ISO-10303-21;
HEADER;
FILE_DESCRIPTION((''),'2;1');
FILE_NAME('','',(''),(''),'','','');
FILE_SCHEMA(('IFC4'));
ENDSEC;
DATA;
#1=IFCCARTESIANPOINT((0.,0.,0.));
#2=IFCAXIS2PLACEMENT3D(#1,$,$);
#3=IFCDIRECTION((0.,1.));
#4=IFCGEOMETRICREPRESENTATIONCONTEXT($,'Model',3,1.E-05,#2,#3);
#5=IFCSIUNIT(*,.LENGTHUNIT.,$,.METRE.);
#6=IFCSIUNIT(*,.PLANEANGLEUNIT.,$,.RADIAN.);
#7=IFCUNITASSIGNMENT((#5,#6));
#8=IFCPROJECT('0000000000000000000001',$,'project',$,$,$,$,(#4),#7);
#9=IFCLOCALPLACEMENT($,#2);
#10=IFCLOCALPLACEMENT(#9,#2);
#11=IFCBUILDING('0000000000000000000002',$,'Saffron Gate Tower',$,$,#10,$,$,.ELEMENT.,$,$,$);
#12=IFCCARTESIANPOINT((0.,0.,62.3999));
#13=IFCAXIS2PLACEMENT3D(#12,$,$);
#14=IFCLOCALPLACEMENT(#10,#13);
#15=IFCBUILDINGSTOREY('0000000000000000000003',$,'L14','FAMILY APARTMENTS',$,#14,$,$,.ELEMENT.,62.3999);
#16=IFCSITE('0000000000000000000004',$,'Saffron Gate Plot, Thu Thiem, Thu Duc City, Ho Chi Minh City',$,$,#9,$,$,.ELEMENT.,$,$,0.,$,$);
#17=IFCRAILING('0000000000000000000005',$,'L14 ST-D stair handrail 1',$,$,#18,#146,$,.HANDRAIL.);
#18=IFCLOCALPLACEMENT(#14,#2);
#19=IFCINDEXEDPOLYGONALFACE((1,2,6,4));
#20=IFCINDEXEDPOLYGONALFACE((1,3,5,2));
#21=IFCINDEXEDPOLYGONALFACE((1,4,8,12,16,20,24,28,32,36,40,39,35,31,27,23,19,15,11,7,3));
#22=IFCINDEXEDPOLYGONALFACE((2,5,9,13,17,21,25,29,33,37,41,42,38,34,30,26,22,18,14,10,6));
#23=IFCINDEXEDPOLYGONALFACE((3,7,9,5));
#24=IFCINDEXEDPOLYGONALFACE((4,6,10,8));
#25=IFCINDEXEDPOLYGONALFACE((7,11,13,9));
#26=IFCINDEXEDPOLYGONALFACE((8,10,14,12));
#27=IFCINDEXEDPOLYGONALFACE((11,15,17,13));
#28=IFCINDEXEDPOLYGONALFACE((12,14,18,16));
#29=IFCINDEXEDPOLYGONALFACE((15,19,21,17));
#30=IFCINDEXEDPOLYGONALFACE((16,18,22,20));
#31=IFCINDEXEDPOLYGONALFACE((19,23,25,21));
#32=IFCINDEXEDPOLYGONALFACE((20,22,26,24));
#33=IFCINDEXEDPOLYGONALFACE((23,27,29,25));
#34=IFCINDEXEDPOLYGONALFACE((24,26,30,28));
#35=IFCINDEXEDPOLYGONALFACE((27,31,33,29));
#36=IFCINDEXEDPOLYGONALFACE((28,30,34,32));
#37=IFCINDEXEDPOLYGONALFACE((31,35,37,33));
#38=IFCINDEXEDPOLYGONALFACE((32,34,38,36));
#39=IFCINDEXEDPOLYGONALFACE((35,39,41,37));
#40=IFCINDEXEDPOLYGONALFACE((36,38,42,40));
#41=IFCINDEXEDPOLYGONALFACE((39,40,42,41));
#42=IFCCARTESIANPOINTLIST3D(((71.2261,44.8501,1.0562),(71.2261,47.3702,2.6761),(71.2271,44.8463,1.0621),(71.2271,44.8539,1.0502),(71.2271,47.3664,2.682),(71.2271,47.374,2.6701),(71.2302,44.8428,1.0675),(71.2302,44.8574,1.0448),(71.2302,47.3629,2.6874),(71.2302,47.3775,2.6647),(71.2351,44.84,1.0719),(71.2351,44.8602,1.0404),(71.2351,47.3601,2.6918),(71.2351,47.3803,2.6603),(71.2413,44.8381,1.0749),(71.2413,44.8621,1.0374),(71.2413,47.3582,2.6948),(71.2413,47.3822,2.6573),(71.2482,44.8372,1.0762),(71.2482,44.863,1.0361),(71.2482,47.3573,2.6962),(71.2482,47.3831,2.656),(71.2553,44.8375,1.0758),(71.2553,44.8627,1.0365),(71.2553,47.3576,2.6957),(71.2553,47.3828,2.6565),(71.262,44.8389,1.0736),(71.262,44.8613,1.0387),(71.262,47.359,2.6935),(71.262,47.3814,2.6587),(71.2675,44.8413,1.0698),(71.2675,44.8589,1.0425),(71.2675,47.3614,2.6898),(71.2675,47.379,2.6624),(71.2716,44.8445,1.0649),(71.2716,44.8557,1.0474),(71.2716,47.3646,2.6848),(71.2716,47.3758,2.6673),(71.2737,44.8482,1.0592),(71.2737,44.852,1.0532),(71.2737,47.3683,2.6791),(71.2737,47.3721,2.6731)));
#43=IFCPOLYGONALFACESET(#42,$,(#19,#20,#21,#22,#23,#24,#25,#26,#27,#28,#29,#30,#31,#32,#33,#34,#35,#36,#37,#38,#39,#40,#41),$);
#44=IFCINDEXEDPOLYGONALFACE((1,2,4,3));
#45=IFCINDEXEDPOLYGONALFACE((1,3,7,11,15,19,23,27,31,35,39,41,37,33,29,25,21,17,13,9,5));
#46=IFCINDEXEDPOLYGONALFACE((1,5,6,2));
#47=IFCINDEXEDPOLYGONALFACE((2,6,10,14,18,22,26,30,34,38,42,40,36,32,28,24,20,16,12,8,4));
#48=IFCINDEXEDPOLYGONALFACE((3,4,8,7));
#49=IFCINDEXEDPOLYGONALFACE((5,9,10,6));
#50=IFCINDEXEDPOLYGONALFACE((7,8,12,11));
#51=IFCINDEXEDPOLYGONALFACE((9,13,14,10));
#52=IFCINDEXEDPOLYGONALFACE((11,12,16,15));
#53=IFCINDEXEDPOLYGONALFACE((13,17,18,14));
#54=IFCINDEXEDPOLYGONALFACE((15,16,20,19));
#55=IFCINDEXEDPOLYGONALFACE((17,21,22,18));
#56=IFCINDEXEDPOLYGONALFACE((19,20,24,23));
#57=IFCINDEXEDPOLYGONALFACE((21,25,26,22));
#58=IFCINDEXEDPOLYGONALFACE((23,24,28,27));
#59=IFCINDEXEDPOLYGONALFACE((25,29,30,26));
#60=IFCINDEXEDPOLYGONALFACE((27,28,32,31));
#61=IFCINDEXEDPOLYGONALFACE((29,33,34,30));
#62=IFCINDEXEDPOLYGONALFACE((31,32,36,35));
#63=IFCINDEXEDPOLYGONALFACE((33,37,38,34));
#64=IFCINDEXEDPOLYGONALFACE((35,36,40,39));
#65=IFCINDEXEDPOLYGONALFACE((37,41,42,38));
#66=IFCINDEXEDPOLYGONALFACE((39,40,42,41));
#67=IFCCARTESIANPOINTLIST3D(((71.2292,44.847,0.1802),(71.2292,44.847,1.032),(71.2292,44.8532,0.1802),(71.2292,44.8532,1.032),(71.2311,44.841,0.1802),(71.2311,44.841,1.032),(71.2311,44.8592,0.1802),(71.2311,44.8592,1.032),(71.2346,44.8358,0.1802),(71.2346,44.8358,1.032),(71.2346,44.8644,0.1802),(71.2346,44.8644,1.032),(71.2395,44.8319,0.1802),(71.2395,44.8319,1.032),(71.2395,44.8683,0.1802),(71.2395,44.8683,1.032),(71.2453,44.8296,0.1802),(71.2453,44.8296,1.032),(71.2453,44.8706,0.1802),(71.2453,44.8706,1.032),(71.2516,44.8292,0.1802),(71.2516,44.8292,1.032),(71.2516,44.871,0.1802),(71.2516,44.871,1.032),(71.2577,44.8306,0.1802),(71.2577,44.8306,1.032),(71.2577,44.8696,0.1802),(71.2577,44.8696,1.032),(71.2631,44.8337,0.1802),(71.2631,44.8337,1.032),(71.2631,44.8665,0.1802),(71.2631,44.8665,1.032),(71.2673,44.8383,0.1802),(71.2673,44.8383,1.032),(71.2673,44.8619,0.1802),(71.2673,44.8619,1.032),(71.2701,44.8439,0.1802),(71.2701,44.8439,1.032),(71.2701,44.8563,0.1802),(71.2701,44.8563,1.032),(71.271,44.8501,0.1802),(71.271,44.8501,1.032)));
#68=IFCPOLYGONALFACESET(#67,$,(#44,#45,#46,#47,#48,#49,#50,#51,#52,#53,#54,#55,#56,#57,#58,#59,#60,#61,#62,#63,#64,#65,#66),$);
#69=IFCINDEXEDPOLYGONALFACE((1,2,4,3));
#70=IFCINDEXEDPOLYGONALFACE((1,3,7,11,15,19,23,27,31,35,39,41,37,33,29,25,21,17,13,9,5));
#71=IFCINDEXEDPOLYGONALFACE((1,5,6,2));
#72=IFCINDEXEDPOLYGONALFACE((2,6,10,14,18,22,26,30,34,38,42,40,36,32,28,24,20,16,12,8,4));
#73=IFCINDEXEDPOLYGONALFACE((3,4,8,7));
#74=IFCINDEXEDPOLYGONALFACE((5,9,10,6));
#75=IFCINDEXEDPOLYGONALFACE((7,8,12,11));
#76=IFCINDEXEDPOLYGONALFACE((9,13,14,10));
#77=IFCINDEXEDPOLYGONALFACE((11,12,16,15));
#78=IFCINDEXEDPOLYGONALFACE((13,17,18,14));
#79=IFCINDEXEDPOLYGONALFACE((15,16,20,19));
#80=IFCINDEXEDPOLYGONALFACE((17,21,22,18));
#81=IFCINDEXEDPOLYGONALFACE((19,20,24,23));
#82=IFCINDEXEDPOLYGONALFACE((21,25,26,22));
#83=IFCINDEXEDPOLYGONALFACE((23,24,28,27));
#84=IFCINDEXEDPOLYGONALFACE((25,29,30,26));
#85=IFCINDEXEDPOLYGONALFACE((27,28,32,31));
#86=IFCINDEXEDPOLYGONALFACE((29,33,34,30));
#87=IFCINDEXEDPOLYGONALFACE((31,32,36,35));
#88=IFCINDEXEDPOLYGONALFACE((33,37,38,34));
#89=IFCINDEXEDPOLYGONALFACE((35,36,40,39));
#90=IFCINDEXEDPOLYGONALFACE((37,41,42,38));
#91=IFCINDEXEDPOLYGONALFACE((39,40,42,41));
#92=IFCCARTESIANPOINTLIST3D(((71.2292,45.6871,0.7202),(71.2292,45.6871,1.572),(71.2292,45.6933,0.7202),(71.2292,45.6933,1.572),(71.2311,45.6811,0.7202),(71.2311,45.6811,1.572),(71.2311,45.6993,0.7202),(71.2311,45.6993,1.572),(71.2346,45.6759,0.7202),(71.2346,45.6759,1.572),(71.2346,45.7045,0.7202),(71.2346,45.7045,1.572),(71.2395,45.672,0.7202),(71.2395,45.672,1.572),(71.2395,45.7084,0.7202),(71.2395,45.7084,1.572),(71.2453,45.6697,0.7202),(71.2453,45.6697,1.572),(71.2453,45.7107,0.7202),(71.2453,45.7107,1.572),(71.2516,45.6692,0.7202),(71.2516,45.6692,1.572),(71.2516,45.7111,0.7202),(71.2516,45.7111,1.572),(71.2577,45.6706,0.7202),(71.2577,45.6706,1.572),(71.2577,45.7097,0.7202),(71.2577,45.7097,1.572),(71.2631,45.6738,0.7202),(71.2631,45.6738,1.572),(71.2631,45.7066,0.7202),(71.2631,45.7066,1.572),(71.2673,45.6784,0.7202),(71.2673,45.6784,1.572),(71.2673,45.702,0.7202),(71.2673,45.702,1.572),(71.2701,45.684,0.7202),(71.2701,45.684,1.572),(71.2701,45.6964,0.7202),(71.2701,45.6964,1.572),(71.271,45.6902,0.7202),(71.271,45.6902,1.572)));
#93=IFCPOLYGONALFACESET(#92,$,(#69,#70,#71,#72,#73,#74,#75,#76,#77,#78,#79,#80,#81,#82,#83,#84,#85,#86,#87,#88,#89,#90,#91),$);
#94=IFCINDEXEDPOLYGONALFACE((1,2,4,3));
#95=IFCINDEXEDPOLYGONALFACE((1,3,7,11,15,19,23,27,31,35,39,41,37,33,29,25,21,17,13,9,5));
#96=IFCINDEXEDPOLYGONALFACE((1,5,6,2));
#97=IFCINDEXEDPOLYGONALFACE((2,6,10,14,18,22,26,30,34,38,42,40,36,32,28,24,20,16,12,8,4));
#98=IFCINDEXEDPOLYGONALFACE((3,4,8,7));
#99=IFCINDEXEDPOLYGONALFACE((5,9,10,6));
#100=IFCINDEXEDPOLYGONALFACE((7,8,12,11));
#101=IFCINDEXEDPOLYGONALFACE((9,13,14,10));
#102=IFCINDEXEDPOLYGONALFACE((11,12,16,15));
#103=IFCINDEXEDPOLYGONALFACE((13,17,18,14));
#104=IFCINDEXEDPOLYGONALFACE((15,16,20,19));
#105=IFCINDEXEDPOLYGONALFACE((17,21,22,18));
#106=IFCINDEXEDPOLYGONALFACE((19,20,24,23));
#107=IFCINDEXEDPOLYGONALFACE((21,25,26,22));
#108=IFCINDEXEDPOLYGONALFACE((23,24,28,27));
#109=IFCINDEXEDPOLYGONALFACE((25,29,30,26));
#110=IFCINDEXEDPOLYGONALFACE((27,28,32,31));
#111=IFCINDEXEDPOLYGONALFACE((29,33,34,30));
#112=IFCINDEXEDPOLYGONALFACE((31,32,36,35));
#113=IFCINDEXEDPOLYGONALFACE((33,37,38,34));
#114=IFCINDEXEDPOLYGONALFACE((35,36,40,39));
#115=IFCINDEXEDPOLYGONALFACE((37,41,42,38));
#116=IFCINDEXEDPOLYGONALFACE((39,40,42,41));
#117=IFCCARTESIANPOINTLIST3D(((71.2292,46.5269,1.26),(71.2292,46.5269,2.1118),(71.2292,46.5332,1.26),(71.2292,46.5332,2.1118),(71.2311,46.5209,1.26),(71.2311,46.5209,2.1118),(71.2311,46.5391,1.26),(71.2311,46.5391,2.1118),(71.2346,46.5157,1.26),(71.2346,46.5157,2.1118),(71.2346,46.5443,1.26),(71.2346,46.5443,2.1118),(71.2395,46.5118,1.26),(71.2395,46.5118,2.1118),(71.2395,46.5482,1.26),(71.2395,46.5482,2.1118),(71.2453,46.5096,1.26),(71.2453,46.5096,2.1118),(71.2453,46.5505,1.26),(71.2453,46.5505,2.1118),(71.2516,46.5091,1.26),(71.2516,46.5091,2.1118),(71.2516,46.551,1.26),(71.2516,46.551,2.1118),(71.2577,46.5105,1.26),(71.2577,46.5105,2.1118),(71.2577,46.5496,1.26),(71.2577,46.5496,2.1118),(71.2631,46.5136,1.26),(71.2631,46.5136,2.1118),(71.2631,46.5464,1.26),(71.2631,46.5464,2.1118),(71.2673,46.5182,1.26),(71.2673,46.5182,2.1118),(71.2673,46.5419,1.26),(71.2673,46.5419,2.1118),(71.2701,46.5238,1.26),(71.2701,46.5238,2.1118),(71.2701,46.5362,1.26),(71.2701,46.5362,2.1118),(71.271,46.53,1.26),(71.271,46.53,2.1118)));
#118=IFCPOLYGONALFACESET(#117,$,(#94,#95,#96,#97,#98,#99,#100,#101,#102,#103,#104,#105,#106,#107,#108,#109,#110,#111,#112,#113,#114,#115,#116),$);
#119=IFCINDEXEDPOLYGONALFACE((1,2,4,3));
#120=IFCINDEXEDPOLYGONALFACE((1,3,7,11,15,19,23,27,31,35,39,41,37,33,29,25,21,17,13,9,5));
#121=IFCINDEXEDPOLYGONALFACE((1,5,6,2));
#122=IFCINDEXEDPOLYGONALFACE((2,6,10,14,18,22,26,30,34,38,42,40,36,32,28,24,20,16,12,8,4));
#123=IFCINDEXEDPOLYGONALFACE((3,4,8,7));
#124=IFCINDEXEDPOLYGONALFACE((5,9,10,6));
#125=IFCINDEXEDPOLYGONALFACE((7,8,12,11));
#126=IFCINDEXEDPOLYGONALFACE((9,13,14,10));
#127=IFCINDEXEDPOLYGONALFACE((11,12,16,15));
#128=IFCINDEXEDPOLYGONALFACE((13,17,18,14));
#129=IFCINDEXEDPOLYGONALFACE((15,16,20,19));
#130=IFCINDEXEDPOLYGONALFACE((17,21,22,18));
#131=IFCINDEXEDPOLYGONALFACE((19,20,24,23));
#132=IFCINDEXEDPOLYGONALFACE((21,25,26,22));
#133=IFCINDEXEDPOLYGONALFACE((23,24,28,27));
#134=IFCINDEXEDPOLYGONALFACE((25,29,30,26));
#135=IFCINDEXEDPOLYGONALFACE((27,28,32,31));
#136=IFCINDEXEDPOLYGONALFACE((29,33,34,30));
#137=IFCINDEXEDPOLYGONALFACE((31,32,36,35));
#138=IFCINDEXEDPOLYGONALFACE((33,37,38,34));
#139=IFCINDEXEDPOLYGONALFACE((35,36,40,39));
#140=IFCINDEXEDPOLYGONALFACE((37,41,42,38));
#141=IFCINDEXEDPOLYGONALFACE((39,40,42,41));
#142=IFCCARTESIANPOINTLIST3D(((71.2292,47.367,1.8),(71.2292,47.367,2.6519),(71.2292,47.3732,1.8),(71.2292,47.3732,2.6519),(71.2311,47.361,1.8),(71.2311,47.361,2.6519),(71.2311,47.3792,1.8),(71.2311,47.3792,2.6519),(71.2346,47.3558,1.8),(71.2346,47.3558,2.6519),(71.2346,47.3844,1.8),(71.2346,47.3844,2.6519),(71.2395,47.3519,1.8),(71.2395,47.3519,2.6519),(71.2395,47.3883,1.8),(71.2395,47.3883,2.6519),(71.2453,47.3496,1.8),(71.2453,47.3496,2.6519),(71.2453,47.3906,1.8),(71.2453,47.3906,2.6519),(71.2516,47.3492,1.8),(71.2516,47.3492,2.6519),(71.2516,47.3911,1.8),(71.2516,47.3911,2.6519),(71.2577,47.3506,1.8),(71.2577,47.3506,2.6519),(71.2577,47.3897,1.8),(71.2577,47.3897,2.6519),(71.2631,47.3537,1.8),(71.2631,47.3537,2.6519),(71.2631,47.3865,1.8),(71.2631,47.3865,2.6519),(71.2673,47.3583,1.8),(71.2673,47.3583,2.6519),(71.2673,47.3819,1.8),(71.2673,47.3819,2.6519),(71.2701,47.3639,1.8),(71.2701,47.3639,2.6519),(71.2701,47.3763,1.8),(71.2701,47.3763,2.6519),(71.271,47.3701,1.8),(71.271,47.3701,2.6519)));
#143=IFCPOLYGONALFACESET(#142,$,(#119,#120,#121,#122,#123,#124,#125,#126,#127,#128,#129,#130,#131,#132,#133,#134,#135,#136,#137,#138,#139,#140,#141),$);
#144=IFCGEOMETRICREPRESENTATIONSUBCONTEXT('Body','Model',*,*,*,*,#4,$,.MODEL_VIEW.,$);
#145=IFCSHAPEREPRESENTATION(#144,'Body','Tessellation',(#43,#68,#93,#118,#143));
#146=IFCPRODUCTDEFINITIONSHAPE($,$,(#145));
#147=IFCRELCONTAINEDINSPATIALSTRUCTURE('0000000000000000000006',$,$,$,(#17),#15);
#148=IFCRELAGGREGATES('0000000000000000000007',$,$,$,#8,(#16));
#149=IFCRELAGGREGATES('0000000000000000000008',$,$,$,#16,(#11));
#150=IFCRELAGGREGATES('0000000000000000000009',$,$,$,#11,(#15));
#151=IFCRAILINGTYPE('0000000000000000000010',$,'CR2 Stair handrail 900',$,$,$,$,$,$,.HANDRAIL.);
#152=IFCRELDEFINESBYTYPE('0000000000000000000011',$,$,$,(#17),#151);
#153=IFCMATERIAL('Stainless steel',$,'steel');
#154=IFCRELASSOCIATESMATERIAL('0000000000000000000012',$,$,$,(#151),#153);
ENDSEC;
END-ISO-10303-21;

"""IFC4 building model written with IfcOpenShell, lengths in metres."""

from ifc_helpers import new_model, si_unit, direction, frame, origin, origin_2d, place, context, subcontext, project, spatial, circle, extrude, material, type_object, element, save


model = new_model("IFC4")

# Units and contexts
model_context = context("Model", 3, precision=1e-05, world=origin(), true_north=direction((0.0, 1.0)))
body_context = subcontext(model_context, "Body", "Model", "MODEL_VIEW")
ifc_project = project(units=[si_unit("LENGTHUNIT", "METRE"), si_unit("PLANEANGLEUNIT", "RADIAN")], contexts=[model_context])

# Site, building, storey
site_placement = place(None, origin())
site = spatial("IfcSite", under=ifc_project, at=site_placement, Name="Saffron Gate Plot, Thu Thiem, Thu Duc City, Ho Chi Minh City", CompositionType="ELEMENT", RefElevation=0.0)
building_placement = place(site_placement, origin())
building = spatial("IfcBuilding", under=site, at=building_placement, Name="Saffron Gate Tower", CompositionType="ELEMENT")
storey_placement = place(building_placement, frame((0.0, 0.0, 62.3999)))
storey = spatial("IfcBuildingStorey", under=building, at=storey_placement, Name="L14", Description="FAMILY APARTMENTS", CompositionType="ELEMENT", Elevation=62.3999)

# Railing
ifc_material_1 = material(Name="Stainless steel", Category="steel")
railing_type_1 = type_object("IfcRailingType", Name="CR2 Stair handrail 900", PredefinedType="HANDRAIL", material=ifc_material_1)
railing_1_placement = place(storey_placement, frame((71.25, 44.8501, 0.1802)))
element("IfcRailing", 1, at=railing_1_placement, inside=storey, type_object=railing_type_1, Name="L14 ST-D stair handrail 1", PredefinedType="HANDRAIL", context=body_context, shape_type="SweptSolid", body=[
    extrude(circle(Radius=0.0239, at=origin_2d()), frame((0.0, 0.0, 0.876), z_axis=(0.0, 0.8412, 0.540725), x_axis=(-1.0, 0.0, 0.0)), (0.0, 0.0, 1.0), 2.9958),
    extrude(circle(Radius=0.021, at=origin_2d()), origin(), (0.0, 0.0, 1.0), 0.8518),
    extrude(circle(Radius=0.021, at=origin_2d()), frame((0.0, 0.8401, 0.54)), (0.0, 0.0, 1.0), 0.8518),
    extrude(circle(Radius=0.021, at=origin_2d()), frame((0.0, 1.6799, 1.0798)), (0.0, 0.0, 1.0), 0.8518),
    extrude(circle(Radius=0.021, at=origin_2d()), frame((0.0, 2.52, 1.6199)), (0.0, 0.0, 1.0), 0.8518),
])

save(model, "model.ifc")
